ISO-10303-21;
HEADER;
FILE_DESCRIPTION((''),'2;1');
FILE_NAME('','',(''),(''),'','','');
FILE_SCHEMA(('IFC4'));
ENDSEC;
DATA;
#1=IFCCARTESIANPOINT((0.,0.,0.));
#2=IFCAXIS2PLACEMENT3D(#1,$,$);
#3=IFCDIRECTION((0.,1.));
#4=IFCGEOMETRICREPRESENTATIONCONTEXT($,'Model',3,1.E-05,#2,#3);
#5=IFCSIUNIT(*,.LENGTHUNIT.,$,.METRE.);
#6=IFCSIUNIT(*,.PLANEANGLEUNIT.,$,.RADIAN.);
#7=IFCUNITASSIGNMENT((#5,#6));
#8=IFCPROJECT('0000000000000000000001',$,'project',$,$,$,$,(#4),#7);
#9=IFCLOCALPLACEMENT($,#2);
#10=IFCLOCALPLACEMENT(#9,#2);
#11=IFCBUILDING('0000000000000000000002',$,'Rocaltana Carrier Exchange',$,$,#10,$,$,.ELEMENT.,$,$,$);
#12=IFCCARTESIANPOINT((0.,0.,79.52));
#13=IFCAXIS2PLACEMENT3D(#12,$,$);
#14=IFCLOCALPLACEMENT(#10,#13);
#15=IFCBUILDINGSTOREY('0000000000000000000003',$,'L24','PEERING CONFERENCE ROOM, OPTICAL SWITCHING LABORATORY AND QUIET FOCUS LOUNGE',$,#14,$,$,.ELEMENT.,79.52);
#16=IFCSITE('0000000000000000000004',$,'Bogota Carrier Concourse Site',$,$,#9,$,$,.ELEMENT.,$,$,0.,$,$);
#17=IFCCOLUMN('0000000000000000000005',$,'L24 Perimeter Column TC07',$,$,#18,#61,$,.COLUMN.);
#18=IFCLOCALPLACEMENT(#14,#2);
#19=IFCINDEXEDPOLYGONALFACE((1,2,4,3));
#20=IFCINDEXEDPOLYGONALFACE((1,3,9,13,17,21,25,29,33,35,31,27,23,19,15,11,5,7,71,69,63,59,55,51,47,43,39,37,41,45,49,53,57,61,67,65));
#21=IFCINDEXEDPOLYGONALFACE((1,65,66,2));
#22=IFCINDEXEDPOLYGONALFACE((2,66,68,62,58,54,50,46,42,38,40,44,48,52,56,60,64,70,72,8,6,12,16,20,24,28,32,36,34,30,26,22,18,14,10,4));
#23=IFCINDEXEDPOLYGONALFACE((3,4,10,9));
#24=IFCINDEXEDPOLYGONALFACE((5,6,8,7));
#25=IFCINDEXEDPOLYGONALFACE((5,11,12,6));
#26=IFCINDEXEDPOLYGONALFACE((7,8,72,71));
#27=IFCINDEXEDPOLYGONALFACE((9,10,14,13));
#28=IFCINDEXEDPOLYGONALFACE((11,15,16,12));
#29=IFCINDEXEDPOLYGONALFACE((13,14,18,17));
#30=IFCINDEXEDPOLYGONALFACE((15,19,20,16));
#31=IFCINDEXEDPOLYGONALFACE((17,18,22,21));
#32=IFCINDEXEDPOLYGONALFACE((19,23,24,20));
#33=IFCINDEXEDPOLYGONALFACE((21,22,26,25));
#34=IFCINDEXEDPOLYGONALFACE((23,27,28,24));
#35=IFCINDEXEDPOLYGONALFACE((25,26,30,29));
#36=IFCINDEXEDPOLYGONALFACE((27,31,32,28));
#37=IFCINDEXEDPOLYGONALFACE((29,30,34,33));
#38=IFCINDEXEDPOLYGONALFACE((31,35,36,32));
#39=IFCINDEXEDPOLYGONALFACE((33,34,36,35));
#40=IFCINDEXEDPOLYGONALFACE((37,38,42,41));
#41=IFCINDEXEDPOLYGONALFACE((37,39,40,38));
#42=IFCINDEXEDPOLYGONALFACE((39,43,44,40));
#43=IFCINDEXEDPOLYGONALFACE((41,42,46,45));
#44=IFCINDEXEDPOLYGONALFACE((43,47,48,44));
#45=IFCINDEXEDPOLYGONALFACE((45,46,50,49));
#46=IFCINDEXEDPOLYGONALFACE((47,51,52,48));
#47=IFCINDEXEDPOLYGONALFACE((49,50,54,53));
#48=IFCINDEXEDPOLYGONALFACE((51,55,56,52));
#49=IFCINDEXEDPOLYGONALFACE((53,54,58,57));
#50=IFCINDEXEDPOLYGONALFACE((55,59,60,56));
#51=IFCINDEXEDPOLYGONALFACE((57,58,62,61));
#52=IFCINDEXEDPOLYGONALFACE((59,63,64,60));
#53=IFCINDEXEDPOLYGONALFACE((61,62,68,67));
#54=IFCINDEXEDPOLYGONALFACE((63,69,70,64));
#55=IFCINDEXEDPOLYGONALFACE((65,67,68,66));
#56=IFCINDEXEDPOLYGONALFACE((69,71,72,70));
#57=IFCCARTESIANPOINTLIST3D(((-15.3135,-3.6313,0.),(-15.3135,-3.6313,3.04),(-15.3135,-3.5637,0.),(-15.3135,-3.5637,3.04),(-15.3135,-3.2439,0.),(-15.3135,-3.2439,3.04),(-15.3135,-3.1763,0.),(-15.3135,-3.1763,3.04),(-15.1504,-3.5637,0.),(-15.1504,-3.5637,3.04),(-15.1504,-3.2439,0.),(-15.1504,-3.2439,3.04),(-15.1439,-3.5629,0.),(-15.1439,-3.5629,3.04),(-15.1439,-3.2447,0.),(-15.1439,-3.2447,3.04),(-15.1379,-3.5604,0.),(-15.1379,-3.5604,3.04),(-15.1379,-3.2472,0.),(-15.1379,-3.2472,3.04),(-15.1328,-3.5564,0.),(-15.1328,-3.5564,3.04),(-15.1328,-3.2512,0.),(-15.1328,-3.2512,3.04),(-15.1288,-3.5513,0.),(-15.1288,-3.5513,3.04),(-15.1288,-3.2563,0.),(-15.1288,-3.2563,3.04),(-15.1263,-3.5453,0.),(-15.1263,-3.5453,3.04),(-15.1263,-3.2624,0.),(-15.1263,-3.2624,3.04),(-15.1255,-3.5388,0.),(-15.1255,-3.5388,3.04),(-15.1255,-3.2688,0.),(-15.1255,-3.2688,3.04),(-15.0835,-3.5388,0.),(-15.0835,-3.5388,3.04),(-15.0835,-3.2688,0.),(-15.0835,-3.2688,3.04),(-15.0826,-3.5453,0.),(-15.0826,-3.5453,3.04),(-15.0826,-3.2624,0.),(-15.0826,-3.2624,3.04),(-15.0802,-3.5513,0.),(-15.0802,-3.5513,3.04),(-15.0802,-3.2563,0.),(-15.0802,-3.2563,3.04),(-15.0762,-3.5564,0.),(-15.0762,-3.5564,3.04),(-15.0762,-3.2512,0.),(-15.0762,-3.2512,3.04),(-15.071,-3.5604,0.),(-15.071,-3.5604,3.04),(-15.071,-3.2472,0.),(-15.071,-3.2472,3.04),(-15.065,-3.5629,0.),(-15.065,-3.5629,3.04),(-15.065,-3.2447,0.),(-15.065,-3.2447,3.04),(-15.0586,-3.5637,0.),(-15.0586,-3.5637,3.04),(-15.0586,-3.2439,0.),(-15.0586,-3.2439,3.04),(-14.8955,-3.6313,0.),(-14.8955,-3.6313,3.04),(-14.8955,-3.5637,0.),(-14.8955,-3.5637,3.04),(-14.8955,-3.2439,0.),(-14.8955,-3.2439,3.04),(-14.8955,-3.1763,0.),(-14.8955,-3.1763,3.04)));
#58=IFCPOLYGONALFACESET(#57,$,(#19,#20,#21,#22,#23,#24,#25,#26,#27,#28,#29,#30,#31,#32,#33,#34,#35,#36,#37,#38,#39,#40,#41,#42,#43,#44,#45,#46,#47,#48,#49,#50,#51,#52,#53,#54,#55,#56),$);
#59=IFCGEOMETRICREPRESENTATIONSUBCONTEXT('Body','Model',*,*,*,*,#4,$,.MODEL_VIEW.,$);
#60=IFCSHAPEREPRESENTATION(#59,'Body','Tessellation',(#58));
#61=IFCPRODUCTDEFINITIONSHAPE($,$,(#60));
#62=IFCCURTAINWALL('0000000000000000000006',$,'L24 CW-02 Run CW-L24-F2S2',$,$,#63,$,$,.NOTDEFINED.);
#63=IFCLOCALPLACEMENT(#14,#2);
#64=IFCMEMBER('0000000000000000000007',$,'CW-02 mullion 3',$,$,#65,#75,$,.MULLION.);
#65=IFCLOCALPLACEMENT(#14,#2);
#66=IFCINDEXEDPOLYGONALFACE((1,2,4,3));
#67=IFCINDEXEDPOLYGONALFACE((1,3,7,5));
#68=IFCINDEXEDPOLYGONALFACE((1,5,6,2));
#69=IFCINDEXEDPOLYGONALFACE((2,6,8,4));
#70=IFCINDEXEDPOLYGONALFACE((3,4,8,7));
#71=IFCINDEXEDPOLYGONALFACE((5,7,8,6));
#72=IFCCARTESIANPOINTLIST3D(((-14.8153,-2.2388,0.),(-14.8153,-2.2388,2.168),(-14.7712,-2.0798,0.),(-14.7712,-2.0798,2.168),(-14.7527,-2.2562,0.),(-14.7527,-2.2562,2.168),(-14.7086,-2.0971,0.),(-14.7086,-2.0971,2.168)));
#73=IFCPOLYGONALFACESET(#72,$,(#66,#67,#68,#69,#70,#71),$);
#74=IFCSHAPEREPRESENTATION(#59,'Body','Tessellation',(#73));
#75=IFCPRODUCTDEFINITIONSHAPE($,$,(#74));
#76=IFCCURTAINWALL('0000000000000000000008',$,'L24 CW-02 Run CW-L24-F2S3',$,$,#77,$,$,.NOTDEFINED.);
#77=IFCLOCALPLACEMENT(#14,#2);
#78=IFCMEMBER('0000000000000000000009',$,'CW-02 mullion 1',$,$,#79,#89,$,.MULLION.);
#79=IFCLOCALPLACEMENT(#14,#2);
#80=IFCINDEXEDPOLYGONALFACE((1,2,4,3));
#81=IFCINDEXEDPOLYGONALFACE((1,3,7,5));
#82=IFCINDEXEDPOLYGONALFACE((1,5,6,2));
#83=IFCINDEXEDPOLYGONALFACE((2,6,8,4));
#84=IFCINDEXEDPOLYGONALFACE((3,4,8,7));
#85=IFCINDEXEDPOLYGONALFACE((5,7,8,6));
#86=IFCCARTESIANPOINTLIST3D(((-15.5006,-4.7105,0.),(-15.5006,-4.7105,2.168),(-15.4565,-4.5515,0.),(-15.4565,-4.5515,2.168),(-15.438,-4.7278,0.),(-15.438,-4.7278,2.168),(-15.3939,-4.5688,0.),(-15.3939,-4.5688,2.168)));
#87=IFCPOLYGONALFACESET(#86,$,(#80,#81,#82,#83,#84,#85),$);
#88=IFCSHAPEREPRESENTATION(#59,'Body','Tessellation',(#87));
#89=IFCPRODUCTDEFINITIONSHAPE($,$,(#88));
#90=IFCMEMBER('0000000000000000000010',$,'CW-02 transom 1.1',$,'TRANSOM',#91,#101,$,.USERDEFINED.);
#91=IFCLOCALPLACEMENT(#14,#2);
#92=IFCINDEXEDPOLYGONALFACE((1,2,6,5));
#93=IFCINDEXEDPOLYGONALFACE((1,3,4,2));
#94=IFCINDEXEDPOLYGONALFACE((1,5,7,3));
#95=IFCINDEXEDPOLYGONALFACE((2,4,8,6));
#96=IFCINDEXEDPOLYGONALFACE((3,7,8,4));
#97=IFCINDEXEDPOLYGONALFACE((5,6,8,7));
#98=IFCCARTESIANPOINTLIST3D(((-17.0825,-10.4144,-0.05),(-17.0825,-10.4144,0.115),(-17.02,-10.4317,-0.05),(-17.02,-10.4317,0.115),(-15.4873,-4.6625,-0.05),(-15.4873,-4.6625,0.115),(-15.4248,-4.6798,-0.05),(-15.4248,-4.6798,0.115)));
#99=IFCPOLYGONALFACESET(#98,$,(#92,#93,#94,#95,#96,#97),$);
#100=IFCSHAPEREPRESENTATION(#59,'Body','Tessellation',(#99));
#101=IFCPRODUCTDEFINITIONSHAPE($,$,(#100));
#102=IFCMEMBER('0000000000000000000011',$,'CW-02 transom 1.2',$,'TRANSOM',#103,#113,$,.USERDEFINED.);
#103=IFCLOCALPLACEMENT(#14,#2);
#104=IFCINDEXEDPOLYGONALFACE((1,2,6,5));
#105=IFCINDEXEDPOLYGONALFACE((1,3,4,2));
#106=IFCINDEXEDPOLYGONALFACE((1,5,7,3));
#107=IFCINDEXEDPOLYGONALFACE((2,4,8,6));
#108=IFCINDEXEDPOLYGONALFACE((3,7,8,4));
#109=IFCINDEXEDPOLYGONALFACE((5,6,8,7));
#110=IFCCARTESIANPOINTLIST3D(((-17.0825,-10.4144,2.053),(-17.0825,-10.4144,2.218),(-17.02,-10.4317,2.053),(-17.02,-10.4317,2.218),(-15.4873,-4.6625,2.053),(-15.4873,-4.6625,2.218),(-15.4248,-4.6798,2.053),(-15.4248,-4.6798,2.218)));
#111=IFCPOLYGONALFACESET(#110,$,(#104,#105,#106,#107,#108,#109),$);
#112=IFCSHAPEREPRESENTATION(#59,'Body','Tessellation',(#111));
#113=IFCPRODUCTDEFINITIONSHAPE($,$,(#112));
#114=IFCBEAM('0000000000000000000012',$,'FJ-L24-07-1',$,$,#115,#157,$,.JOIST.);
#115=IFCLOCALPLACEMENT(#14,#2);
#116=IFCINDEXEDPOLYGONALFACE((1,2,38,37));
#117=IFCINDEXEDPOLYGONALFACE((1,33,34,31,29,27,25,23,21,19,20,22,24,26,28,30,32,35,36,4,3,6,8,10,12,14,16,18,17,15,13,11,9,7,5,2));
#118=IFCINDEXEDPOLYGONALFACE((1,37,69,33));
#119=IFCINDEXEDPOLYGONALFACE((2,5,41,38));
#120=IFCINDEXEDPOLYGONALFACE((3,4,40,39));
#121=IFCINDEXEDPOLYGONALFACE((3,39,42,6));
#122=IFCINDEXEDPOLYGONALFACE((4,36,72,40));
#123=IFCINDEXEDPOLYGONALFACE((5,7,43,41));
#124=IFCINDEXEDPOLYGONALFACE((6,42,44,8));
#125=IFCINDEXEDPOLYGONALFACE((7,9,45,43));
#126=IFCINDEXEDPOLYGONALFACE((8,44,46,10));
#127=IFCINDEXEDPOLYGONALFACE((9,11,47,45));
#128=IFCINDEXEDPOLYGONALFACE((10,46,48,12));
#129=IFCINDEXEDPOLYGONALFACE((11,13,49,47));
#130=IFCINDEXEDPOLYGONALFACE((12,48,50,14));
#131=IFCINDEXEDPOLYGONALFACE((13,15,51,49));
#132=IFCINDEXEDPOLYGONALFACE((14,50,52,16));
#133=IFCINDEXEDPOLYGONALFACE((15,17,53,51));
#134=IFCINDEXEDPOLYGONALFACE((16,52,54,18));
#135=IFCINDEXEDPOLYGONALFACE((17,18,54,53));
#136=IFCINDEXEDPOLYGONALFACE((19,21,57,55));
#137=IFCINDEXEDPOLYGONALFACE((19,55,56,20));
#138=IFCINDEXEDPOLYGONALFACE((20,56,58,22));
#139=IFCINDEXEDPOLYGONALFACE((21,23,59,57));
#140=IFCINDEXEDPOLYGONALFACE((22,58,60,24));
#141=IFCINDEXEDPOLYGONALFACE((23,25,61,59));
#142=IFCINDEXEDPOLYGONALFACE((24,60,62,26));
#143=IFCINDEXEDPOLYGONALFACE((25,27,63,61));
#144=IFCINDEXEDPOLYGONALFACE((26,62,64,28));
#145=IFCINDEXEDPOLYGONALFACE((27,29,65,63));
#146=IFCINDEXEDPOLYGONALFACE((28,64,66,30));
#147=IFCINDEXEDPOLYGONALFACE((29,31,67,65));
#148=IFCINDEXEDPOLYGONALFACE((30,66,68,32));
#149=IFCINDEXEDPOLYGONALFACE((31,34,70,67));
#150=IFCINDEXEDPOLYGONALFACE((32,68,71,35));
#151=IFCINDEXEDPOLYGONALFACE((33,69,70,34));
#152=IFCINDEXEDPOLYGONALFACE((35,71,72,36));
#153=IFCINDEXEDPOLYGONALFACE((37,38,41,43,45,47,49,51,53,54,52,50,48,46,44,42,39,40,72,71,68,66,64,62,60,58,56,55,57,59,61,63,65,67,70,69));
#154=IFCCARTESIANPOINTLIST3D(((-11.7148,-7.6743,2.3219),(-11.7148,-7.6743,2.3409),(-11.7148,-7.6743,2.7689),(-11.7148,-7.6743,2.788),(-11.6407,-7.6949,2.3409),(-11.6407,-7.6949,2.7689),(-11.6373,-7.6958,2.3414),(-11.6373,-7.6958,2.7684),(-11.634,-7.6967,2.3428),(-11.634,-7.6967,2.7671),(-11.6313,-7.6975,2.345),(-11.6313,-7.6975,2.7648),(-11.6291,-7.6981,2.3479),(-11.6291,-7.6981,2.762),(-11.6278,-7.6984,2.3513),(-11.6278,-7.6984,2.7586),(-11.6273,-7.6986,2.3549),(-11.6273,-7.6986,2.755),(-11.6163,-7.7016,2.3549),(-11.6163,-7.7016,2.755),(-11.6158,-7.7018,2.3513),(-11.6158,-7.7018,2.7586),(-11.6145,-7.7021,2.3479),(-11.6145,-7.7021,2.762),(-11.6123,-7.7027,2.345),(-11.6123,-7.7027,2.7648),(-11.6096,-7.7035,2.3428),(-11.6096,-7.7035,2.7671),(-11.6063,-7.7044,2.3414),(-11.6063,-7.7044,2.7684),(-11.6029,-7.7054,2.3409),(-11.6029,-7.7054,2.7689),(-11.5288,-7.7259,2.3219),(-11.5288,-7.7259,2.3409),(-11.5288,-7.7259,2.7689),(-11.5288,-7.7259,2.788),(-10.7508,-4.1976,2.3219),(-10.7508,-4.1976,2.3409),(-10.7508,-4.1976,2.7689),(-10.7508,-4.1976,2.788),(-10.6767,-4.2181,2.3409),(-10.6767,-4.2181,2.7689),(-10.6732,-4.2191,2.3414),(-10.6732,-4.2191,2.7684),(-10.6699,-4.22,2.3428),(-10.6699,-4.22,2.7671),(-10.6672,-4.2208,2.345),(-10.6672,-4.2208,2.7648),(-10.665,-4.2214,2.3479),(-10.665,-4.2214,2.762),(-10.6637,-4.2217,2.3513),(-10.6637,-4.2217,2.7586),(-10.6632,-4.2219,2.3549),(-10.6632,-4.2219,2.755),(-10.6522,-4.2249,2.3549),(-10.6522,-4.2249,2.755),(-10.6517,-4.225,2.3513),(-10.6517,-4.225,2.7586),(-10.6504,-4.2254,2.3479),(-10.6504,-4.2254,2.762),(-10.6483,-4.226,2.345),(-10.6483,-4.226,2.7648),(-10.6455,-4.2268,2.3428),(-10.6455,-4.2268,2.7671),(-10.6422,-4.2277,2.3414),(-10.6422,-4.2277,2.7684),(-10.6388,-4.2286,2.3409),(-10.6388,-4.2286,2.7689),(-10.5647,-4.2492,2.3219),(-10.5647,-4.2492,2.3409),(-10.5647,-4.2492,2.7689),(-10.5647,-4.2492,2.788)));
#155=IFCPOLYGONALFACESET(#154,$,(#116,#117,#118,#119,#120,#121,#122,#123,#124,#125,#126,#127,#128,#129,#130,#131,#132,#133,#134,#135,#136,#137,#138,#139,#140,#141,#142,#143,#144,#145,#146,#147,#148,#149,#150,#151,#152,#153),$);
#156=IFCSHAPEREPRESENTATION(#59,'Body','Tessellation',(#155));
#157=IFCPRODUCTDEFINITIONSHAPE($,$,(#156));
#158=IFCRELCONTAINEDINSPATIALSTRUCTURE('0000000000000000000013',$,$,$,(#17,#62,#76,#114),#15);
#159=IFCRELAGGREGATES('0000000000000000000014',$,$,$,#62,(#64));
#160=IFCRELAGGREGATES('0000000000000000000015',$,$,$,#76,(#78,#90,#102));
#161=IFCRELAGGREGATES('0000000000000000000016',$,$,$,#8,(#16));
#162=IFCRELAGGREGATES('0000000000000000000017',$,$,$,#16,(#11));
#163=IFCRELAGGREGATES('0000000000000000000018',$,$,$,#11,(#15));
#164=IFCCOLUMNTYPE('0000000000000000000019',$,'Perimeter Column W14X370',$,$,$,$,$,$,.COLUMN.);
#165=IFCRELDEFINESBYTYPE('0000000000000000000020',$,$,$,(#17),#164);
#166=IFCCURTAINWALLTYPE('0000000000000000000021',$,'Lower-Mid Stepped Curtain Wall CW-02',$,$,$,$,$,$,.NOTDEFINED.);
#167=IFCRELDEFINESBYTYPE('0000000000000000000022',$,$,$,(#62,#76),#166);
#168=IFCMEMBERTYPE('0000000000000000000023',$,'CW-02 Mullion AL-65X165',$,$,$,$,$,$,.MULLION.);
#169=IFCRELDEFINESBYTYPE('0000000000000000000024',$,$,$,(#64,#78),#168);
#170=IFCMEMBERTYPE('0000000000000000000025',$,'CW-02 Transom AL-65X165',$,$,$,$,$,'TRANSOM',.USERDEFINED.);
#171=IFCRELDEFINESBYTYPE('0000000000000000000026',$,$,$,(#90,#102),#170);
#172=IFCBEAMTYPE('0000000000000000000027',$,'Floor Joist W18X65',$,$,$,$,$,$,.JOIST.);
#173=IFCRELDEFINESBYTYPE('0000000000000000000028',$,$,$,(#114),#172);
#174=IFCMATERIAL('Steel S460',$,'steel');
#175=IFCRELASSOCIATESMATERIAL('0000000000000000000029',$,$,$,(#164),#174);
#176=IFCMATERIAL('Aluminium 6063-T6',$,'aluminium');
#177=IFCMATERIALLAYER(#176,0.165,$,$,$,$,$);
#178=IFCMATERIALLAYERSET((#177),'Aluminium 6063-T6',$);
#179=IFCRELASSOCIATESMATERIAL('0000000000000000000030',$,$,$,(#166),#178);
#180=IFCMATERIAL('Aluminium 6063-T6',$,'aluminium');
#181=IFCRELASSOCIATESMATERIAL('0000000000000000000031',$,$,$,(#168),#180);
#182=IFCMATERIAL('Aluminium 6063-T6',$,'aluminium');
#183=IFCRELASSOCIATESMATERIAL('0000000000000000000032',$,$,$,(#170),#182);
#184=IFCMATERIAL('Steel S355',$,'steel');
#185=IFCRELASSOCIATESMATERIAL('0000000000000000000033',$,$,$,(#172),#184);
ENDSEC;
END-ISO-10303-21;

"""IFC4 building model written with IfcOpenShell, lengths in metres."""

from ifc_helpers import new_model, si_unit, direction, frame, origin, origin_2d, place, context, subcontext, project, spatial, rectangle, i_section, extrude, material, layer, layer_set, material_profile, profile_set, type_object, element, aggregate, save


model = new_model("IFC4")

# Units and contexts
model_context = context("Model", 3, precision=1e-05, world=origin(), true_north=direction((0.0, 1.0)))
body_context = subcontext(model_context, "Body", "Model", "MODEL_VIEW")
ifc_project = project(units=[si_unit("LENGTHUNIT", "METRE"), si_unit("PLANEANGLEUNIT", "RADIAN")], contexts=[model_context])

# Site, building, storey
site_placement = place(None, origin())
site = spatial("IfcSite", under=ifc_project, at=site_placement, Name="Bogota Carrier Concourse Site", CompositionType="ELEMENT", RefElevation=0.0)
building_placement = place(site_placement, origin())
building = spatial("IfcBuilding", under=site, at=building_placement, Name="Rocaltana Carrier Exchange", CompositionType="ELEMENT")
storey_placement = place(building_placement, frame((0.0, 0.0, 79.52)))
storey = spatial("IfcBuildingStorey", under=building, at=storey_placement, Name="L24", Description="PEERING CONFERENCE ROOM, OPTICAL SWITCHING LABORATORY AND QUIET FOCUS LOUNGE", CompositionType="ELEMENT", Elevation=79.52)

# Column
ifc_material_1 = material(Name="Steel S460", Category="steel")
ifc_material_profile_1 = material_profile(ifc_material_1, i_section(OverallWidth=0.418, OverallDepth=0.4551, WebThickness=0.042, FlangeThickness=0.0676, FilletRadius=0.0249, at=origin_2d()), Name="W14X370")
ifc_profile_set_1 = profile_set([ifc_material_profile_1], Name="Steel S460")
column_type = type_object("IfcColumnType", Name="Perimeter Column W14X370", PredefinedType="COLUMN", material=ifc_profile_set_1)
column_placement = place(storey_placement, frame((-15.1045, -3.4038, 0.0), z_axis=(0.0, 0.0, 1.0), x_axis=(1.0, 0.0, 0.0)))
element("IfcColumn", 1, at=column_placement, inside=storey, type_object=column_type, Name="L24 Perimeter Column TC07", PredefinedType="COLUMN", context=body_context, shape_type="SweptSolid", body=[
    extrude(i_section(OverallWidth=0.418, OverallDepth=0.4551, WebThickness=0.042, FlangeThickness=0.0676, FilletRadius=0.0249, at=origin_2d()), origin(), (0.0, 0.0, 1.0), 3.04),
])

# Curtain wall, member
ifc_material_2 = material(Name="Aluminium 6063-T6", Category="aluminium")
ifc_layer_1 = layer(ifc_material_2, 0.165)
ifc_layer_set_1 = layer_set([ifc_layer_1], Name="Aluminium 6063-T6")
curtain_wall_type = type_object("IfcCurtainWallType", Name="Lower-Mid Stepped Curtain Wall CW-02", PredefinedType="NOTDEFINED", material=ifc_layer_set_1)
curtain_wall_1_placement = place(storey_placement, origin())
curtain_wall_1 = element("IfcCurtainWall", 2, at=curtain_wall_1_placement, inside=storey, type_object=curtain_wall_type, Name="L24 CW-02 Run CW-L24-F2S2", PredefinedType="NOTDEFINED")
ifc_material_3 = material(Name="Aluminium 6063-T6", Category="aluminium")
ifc_material_profile_2 = material_profile(ifc_material_3, rectangle(XDim=0.0649, YDim=0.165, at=origin_2d()), Name="AL-65X165")
ifc_profile_set_2 = profile_set([ifc_material_profile_2], Name="Aluminium 6063-T6")
member_type_1 = type_object("IfcMemberType", Name="CW-02 Mullion AL-65X165", PredefinedType="MULLION", material=ifc_profile_set_2)
member_1_placement = place(storey_placement, frame((-14.762, -2.168, 0.0), z_axis=(0.0, 0.0, 1.0), x_axis=(0.963631, -0.267238, 0.0)))
member_1 = element("IfcMember", 3, at=member_1_placement, type_object=member_type_1, Name="CW-02 mullion 3", PredefinedType="MULLION", context=body_context, shape_type="SweptSolid", body=[
    extrude(rectangle(XDim=0.0649, YDim=0.165, at=origin_2d()), origin(), (0.0, 0.0, 1.0), 2.168),
])
aggregate(curtain_wall_1, [member_1])

# Curtain wall, members
curtain_wall_2_placement = place(storey_placement, origin())
curtain_wall_2 = element("IfcCurtainWall", 4, at=curtain_wall_2_placement, inside=storey, type_object=curtain_wall_type, Name="L24 CW-02 Run CW-L24-F2S3", PredefinedType="NOTDEFINED")
member_2_placement = place(storey_placement, frame((-15.4473, -4.6396, 0.0), z_axis=(0.0, 0.0, 1.0), x_axis=(0.963629, -0.267243, 0.0)))
member_2 = element("IfcMember", 5, at=member_2_placement, type_object=member_type_1, Name="CW-02 mullion 1", PredefinedType="MULLION", context=body_context, shape_type="SweptSolid", body=[
    extrude(rectangle(XDim=0.0649, YDim=0.165, at=origin_2d()), origin(), (0.0, 0.0, 1.0), 2.168),
])
ifc_material_4 = material(Name="Aluminium 6063-T6", Category="aluminium")
ifc_material_profile_3 = material_profile(ifc_material_4, rectangle(XDim=0.0649, YDim=0.165, at=origin_2d()), Name="AL-65X165")
ifc_profile_set_3 = profile_set([ifc_material_profile_3], Name="Aluminium 6063-T6")
member_type_2 = type_object("IfcMemberType", Name="CW-02 Transom AL-65X165", ElementType="TRANSOM", PredefinedType="USERDEFINED", material=ifc_profile_set_3)
member_3_placement = place(storey_placement, frame((-15.4561, -4.6711, 0.0325), z_axis=(-0.267247, -0.963628, 0.0), x_axis=(0.963628, -0.267247, 0.0)))
member_3 = element("IfcMember", 6, at=member_3_placement, type_object=member_type_2, Name="CW-02 transom 1.1", ObjectType="TRANSOM", PredefinedType="USERDEFINED", context=body_context, shape_type="SweptSolid", body=[
    extrude(rectangle(XDim=0.0649, YDim=0.165, at=origin_2d()), origin(), (0.0, 0.0, 1.0), 5.969),
])
member_4_placement = place(storey_placement, frame((-15.4561, -4.6711, 2.1355), z_axis=(-0.267247, -0.963628, 0.0), x_axis=(0.963628, -0.267247, 0.0)))
member_4 = element("IfcMember", 7, at=member_4_placement, type_object=member_type_2, Name="CW-02 transom 1.2", ObjectType="TRANSOM", PredefinedType="USERDEFINED", context=body_context, shape_type="SweptSolid", body=[
    extrude(rectangle(XDim=0.0649, YDim=0.165, at=origin_2d()), origin(), (0.0, 0.0, 1.0), 5.969),
])

# Beam
ifc_material_5 = material(Name="Steel S355", Category="steel")
ifc_material_profile_4 = material_profile(ifc_material_5, i_section(OverallWidth=0.1931, OverallDepth=0.4661, WebThickness=0.0115, FlangeThickness=0.019, FilletRadius=0.0139, at=origin_2d()), Name="W18X65")
ifc_profile_set_4 = profile_set([ifc_material_profile_4], Name="Steel S355")
beam_type_1 = type_object("IfcBeamType", Name="Floor Joist W18X65", PredefinedType="JOIST", material=ifc_profile_set_4)
beam_1_placement = place(storey_placement, frame((-10.6577, -4.2234, 2.5549), z_axis=(-0.267215, -0.963637, 0.0), x_axis=(0.963637, -0.267215, 0.0)))
element("IfcBeam", 8, at=beam_1_placement, inside=storey, type_object=beam_type_1, Name="FJ-L24-07-1", PredefinedType="JOIST", context=body_context, shape_type="SweptSolid", body=[
    extrude(i_section(OverallWidth=0.1931, OverallDepth=0.4661, WebThickness=0.0115, FlangeThickness=0.019, FilletRadius=0.0139, at=origin_2d()), origin(), (0.0, 0.0, 1.0), 3.6079),
])

aggregate(curtain_wall_2, [member_2, member_3, member_4])

save(model, "model.ifc")
